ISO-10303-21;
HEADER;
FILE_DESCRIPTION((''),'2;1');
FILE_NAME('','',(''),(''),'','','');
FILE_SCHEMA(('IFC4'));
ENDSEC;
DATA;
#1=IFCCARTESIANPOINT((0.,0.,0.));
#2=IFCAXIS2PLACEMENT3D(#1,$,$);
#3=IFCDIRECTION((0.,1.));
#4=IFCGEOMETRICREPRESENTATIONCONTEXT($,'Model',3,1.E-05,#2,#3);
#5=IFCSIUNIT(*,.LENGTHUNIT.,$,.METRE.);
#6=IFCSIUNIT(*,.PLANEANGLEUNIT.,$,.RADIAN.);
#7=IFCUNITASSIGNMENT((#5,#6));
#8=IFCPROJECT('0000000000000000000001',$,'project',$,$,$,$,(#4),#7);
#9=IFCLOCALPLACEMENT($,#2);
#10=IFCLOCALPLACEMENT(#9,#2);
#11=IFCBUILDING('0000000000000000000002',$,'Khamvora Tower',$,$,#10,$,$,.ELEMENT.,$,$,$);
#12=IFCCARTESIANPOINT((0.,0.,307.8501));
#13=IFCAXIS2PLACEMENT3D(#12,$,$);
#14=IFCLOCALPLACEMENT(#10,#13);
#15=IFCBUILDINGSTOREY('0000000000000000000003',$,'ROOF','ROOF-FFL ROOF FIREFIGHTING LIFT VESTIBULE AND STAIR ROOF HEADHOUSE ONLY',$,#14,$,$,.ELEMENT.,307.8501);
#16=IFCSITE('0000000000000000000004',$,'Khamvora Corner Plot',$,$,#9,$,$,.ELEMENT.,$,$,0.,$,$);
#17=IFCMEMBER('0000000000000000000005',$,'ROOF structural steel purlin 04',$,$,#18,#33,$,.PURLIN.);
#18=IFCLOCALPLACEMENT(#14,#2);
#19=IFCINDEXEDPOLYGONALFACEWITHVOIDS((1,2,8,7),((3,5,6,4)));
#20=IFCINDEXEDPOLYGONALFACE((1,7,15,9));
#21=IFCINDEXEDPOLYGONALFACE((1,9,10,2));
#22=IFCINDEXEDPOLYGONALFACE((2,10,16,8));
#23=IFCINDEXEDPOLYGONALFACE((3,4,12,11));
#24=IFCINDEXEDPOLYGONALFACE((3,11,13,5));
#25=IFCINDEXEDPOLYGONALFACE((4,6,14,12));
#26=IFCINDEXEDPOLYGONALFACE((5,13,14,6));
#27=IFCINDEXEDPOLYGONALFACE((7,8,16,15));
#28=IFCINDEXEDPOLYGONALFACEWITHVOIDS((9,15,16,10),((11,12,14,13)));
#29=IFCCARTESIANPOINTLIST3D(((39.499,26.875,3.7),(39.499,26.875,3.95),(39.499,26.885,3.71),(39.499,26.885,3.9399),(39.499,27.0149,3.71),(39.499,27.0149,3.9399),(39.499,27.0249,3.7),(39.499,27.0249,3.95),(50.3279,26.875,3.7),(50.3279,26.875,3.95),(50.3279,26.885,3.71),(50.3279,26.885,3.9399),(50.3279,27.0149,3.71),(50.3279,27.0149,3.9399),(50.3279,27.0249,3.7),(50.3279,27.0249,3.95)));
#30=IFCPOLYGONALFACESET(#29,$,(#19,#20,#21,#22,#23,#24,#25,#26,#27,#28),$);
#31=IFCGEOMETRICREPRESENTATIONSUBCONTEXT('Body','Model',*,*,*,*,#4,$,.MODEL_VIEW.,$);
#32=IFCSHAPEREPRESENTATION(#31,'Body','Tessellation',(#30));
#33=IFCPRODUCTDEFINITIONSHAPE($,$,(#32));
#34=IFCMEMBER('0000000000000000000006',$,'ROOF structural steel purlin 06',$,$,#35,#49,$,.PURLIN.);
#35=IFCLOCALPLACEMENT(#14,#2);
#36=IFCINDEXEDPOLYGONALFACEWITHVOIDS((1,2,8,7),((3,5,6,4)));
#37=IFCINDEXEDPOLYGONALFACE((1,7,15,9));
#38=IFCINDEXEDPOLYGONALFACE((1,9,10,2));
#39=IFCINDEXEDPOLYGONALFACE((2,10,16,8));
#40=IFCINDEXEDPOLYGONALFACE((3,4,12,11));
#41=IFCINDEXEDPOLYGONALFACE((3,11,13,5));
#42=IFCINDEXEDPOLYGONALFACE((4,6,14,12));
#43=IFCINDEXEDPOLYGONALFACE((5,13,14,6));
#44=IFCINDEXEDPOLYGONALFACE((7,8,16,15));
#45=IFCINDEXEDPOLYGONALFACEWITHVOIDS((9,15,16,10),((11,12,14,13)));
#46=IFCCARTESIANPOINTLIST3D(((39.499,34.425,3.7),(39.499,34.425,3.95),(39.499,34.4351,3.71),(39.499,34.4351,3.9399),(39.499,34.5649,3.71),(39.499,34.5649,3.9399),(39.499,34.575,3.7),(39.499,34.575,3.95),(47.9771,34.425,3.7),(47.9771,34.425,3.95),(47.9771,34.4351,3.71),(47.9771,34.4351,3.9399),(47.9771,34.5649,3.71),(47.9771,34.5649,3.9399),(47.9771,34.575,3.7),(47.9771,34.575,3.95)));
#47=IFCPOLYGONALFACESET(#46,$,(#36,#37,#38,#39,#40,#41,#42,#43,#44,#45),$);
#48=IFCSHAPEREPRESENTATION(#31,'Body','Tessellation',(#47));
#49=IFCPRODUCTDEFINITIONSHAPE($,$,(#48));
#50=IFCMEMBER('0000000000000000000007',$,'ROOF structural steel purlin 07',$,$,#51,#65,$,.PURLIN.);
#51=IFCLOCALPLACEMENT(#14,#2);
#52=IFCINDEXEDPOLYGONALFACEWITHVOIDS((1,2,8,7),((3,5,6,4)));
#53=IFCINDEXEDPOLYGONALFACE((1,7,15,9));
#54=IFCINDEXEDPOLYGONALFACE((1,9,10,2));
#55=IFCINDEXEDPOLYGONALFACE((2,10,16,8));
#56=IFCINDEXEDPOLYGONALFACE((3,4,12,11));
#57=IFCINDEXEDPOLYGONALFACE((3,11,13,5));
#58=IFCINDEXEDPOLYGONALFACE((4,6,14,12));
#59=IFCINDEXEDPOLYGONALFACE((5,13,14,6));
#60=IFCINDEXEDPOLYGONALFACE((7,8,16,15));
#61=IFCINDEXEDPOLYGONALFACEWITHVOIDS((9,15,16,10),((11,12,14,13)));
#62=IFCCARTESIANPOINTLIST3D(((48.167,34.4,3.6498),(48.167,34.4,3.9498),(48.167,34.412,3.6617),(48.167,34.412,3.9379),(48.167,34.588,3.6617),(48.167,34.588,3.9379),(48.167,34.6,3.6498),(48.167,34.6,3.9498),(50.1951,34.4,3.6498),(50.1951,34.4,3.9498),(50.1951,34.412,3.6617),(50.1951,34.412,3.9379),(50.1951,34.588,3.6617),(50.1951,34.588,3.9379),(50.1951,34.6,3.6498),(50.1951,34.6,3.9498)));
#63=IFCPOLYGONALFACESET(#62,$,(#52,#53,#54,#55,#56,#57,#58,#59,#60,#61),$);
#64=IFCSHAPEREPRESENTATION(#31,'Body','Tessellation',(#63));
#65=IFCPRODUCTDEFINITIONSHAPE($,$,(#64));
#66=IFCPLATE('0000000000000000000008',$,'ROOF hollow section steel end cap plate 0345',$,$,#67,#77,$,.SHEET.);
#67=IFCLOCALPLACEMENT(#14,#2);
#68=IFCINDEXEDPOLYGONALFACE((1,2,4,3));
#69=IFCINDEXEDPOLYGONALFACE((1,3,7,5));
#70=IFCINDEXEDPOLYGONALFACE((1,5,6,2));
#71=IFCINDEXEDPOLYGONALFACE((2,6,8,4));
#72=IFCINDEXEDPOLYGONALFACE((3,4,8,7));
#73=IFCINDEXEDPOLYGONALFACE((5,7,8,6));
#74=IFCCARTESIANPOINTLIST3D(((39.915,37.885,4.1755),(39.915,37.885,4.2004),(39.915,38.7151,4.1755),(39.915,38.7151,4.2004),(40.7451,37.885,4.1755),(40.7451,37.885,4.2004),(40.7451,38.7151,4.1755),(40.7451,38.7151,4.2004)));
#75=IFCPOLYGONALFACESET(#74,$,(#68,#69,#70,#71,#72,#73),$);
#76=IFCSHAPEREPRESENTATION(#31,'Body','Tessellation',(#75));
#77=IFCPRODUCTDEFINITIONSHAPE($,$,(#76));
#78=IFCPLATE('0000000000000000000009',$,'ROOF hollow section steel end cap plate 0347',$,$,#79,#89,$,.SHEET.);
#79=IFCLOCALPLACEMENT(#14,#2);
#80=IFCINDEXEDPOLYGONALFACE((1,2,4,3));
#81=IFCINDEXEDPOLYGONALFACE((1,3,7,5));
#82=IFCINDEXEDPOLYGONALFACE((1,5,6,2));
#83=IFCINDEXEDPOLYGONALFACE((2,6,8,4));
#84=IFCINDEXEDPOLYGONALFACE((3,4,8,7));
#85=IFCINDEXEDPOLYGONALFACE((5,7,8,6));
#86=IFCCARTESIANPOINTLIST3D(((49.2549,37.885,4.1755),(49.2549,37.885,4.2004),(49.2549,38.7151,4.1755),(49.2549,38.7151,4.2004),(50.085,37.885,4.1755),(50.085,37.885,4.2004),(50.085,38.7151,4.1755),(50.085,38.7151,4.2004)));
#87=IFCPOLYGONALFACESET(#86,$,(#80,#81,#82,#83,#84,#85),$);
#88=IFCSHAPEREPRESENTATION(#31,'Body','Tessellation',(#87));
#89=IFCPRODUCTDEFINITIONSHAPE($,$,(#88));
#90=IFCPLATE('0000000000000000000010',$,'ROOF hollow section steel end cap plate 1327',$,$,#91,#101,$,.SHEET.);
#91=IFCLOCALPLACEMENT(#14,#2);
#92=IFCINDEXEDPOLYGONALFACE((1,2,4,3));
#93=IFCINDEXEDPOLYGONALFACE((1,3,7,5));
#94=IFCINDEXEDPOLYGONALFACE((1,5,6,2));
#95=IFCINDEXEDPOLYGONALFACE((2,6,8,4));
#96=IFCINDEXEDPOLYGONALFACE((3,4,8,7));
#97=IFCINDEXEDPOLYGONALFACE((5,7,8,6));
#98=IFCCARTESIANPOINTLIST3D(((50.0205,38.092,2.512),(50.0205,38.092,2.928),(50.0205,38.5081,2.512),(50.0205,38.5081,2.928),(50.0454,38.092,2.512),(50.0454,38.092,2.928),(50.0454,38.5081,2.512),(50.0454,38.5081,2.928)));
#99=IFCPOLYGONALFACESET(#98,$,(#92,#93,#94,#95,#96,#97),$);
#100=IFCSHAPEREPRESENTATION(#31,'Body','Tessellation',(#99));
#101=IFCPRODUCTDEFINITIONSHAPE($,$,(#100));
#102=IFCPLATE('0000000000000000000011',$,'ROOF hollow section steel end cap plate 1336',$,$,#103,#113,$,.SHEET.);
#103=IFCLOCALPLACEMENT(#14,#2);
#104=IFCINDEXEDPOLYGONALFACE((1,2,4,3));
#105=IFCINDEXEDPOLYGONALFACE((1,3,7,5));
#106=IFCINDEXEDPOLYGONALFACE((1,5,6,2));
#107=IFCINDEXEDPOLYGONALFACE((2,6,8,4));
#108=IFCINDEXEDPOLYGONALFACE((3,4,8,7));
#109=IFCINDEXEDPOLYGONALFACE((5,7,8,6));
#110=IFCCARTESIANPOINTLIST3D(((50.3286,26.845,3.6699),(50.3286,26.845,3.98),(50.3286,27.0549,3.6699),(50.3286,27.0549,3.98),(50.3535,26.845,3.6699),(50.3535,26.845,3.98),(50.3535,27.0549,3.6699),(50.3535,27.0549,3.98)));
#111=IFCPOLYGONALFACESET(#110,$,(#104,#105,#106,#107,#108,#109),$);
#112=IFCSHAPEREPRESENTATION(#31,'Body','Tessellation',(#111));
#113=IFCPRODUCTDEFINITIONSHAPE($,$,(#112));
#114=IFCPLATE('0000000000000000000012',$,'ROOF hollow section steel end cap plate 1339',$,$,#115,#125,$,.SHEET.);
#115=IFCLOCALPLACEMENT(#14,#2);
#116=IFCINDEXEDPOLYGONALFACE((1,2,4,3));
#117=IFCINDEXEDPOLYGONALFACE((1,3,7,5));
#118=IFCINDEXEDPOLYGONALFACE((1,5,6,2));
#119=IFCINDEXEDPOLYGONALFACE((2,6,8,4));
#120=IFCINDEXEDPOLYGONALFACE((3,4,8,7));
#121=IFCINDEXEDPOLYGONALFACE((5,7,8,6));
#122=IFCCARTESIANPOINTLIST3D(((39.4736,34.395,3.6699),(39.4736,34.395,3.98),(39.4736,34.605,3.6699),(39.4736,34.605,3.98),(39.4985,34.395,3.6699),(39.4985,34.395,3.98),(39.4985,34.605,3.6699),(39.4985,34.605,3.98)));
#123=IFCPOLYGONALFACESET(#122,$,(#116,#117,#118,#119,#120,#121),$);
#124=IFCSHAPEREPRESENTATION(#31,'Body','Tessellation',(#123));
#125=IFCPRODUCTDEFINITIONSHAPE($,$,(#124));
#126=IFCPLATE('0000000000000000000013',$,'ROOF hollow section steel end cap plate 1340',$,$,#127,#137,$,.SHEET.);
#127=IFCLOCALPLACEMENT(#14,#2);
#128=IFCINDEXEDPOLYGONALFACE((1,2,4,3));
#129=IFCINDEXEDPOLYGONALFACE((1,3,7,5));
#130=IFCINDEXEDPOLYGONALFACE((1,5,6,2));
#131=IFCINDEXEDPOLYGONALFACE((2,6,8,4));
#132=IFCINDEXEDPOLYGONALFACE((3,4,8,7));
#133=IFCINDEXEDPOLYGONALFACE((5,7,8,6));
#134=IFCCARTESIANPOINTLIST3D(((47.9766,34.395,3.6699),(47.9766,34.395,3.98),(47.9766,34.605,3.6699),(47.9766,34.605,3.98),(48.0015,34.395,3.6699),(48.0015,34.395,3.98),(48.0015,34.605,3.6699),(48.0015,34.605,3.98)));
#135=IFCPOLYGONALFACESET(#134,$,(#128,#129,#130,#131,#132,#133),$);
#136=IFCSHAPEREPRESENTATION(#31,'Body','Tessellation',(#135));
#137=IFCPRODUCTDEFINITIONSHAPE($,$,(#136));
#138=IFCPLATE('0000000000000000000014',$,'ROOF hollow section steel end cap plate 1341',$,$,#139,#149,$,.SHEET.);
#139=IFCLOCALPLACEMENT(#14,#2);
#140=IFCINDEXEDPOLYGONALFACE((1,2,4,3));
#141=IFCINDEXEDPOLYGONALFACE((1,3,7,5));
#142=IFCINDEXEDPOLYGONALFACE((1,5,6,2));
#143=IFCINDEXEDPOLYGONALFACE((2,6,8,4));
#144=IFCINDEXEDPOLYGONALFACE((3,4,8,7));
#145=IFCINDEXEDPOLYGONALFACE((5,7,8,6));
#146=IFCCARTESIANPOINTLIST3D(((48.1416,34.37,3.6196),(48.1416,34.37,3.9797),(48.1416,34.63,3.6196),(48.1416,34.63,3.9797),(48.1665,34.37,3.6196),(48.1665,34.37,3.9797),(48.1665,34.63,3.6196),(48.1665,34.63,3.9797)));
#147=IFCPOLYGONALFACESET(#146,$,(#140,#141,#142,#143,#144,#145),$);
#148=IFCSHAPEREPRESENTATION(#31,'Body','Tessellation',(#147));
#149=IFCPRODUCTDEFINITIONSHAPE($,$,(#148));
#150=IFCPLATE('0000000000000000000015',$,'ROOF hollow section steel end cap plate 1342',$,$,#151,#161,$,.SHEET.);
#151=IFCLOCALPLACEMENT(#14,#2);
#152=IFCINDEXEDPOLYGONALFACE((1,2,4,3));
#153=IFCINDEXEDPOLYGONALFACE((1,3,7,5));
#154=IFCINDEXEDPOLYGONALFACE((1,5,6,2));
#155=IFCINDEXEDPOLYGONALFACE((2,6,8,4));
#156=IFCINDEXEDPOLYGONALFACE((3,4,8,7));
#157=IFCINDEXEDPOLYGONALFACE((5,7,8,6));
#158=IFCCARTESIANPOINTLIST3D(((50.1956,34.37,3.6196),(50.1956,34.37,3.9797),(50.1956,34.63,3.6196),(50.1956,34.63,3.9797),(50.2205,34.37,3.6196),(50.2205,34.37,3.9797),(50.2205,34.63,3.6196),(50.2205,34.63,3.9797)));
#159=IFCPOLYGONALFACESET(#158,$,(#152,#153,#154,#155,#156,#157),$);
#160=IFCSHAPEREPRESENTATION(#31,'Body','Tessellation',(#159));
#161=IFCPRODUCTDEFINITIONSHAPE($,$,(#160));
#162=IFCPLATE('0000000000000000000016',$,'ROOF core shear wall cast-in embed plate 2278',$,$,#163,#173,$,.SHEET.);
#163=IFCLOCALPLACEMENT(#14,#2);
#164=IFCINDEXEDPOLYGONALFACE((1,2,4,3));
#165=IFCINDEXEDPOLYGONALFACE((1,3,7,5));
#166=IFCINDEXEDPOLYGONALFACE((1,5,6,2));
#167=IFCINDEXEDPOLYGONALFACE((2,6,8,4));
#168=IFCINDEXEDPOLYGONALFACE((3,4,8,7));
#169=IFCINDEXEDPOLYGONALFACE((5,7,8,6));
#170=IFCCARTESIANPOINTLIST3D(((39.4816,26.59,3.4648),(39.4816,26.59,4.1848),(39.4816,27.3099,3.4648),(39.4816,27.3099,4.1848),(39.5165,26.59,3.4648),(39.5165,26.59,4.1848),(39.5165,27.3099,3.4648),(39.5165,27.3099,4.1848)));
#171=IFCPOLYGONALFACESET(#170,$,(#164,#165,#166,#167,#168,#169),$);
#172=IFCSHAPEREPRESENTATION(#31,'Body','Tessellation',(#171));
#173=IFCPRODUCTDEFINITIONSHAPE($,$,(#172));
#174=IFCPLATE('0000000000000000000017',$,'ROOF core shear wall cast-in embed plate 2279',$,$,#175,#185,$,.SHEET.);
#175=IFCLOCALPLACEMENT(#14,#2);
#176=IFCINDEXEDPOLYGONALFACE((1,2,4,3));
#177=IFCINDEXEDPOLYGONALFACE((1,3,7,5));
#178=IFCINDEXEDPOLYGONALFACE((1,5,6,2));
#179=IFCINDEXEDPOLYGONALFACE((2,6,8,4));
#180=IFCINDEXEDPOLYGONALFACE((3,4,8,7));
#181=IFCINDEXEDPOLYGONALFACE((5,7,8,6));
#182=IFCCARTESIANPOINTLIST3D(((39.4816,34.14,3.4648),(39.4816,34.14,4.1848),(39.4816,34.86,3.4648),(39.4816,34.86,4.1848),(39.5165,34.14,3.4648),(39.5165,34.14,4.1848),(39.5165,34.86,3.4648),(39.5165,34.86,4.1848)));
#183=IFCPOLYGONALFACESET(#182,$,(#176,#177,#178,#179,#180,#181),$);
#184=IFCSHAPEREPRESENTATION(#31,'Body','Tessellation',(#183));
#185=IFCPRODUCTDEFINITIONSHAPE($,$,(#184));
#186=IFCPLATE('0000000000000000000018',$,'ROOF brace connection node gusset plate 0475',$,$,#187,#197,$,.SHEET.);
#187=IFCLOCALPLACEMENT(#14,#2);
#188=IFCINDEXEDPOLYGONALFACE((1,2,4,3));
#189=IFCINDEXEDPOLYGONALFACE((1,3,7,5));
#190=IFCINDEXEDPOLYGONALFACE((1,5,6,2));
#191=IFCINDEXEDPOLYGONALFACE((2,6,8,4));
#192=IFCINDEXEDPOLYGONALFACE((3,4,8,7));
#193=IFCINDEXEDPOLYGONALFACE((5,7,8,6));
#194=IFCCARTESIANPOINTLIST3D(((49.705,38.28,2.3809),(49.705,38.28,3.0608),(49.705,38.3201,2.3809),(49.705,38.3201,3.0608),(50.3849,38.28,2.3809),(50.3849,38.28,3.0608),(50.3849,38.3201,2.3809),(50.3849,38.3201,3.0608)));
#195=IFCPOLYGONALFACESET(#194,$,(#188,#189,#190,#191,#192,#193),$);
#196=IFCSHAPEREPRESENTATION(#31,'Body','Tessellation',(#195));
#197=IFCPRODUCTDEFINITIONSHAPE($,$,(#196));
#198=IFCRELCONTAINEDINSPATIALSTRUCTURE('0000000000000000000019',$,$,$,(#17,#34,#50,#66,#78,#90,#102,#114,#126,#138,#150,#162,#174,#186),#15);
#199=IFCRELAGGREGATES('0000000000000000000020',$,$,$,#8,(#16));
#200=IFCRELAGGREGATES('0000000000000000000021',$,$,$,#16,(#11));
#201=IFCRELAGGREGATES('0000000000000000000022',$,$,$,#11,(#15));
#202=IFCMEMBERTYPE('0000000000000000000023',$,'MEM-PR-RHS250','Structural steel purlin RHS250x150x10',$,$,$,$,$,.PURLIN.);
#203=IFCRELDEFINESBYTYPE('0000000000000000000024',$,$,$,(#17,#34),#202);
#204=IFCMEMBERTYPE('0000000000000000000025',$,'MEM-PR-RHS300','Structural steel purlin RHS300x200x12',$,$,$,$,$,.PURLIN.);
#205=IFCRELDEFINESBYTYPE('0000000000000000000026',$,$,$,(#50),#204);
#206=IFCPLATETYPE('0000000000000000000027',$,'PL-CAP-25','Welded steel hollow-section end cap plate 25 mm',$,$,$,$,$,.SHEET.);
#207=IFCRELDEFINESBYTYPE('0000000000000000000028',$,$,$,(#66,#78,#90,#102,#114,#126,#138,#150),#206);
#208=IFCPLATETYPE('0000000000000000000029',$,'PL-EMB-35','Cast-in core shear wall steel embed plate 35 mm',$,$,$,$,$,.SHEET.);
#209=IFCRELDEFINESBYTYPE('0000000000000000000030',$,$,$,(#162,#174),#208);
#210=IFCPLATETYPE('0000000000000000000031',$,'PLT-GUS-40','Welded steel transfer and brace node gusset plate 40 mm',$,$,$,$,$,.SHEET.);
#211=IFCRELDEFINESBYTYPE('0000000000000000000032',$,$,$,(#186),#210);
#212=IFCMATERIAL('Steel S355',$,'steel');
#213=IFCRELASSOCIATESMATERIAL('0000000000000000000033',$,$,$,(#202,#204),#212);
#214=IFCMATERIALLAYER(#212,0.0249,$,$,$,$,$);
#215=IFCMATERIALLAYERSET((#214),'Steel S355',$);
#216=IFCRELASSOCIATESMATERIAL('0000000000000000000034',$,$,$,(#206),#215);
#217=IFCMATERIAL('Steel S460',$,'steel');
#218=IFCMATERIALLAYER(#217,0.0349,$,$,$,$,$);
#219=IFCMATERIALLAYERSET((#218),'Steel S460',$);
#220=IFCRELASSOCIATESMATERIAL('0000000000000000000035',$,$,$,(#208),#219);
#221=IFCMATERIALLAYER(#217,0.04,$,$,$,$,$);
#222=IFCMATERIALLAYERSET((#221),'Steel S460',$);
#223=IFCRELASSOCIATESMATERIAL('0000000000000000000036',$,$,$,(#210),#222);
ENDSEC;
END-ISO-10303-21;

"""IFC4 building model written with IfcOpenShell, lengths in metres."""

from ifc_helpers import new_model, si_unit, direction, frame, origin, origin_2d, place, context, subcontext, project, spatial, rectangle, hollow_rectangle, extrude, material, layer, layer_set, material_profile, profile_set, type_object, element, save


model = new_model("IFC4")

# Units and contexts
model_context = context("Model", 3, precision=1e-05, world=origin(), true_north=direction((0.0, 1.0)))
body_context = subcontext(model_context, "Body", "Model", "MODEL_VIEW")
ifc_project = project(units=[si_unit("LENGTHUNIT", "METRE"), si_unit("PLANEANGLEUNIT", "RADIAN")], contexts=[model_context])

# Site, building, storey
site_placement = place(None, origin())
site = spatial("IfcSite", under=ifc_project, at=site_placement, Name="Khamvora Corner Plot", CompositionType="ELEMENT", RefElevation=0.0)
building_placement = place(site_placement, origin())
building = spatial("IfcBuilding", under=site, at=building_placement, Name="Khamvora Tower", CompositionType="ELEMENT")
storey_placement = place(building_placement, frame((0.0, 0.0, 307.8501)))
storey = spatial("IfcBuildingStorey", under=building, at=storey_placement, Name="ROOF", Description="ROOF-FFL ROOF FIREFIGHTING LIFT VESTIBULE AND STAIR ROOF HEADHOUSE ONLY", CompositionType="ELEMENT", Elevation=307.8501)

# Shared definitions
ifc_material_1 = material(Name="Steel S355", Category="steel")

# Members
ifc_material_profile_1 = material_profile(ifc_material_1, hollow_rectangle(XDim=0.1499, YDim=0.25, WallThickness=0.01, at=origin_2d()), Name="RHS250x150x10")
ifc_profile_set_1 = profile_set([ifc_material_profile_1], Name="Steel S355")
member_type_1 = type_object("IfcMemberType", Name="MEM-PR-RHS250", Description="Structural steel purlin RHS250x150x10", PredefinedType="PURLIN", material=ifc_profile_set_1)
member_1_placement = place(storey_placement, frame((39.499, 26.95, 3.825), z_axis=(1.0, 0.0, 0.0), x_axis=(0.0, 1.0, 0.0)))
element("IfcMember", 1, at=member_1_placement, inside=storey, type_object=member_type_1, Name="ROOF structural steel purlin 04", PredefinedType="PURLIN", context=body_context, shape_type="SweptSolid", body=[
    extrude(hollow_rectangle(XDim=0.1499, YDim=0.25, WallThickness=0.01, at=origin_2d()), origin(), (0.0, 0.0, 1.0), 10.8289),
])
member_2_placement = place(storey_placement, frame((39.499, 34.5, 3.825), z_axis=(1.0, 0.0, 0.0), x_axis=(0.0, 1.0, 0.0)))
element("IfcMember", 2, at=member_2_placement, inside=storey, type_object=member_type_1, Name="ROOF structural steel purlin 06", PredefinedType="PURLIN", context=body_context, shape_type="SweptSolid", body=[
    extrude(hollow_rectangle(XDim=0.1499, YDim=0.25, WallThickness=0.01, at=origin_2d()), origin(), (0.0, 0.0, 1.0), 8.478),
])
ifc_material_profile_2 = material_profile(ifc_material_1, hollow_rectangle(XDim=0.2, YDim=0.3, WallThickness=0.012, at=origin_2d()), Name="RHS300x200x12")
ifc_profile_set_2 = profile_set([ifc_material_profile_2], Name="Steel S355")
member_type_2 = type_object("IfcMemberType", Name="MEM-PR-RHS300", Description="Structural steel purlin RHS300x200x12", PredefinedType="PURLIN", material=ifc_profile_set_2)
member_3_placement = place(storey_placement, frame((48.167, 34.5, 3.7998), z_axis=(1.0, 0.0, 0.0), x_axis=(0.0, 1.0, 0.0)))
element("IfcMember", 3, at=member_3_placement, inside=storey, type_object=member_type_2, Name="ROOF structural steel purlin 07", PredefinedType="PURLIN", context=body_context, shape_type="SweptSolid", body=[
    extrude(hollow_rectangle(XDim=0.2, YDim=0.3, WallThickness=0.012, at=origin_2d()), origin(), (0.0, 0.0, 1.0), 2.0281),
])

# Plates
ifc_layer_1 = layer(ifc_material_1, 0.0249)
ifc_layer_set_1 = layer_set([ifc_layer_1], Name="Steel S355")
plate_type_1 = type_object("IfcPlateType", Name="PL-CAP-25", Description="Welded steel hollow-section end cap plate 25 mm", PredefinedType="SHEET", material=ifc_layer_set_1)
for number, where, z_axis, x_axis, name in (
    (4, (40.3301, 38.3, 4.1755), (0.0, 0.0, 1.0), (1.0, 0.0, 0.0), "ROOF hollow section steel end cap plate 0345"),
    (5, (49.6699, 38.3, 4.1755), (0.0, 0.0, 1.0), (1.0, 0.0, 0.0), "ROOF hollow section steel end cap plate 0347"),
):
    element("IfcPlate", number, at=place(storey_placement, frame(where, z_axis=z_axis, x_axis=x_axis)), inside=storey, type_object=plate_type_1, Name=name, PredefinedType="SHEET", context=body_context, shape_type="SweptSolid", body=[
        extrude(rectangle(XDim=0.8301, YDim=0.8301, at=origin_2d()), origin(), (0.0, 0.0, 1.0), 0.0249),
    ])
plate_1_placement = place(storey_placement, frame((50.033, 38.3, 2.512), z_axis=(0.0, 0.0, 1.0), x_axis=(1.0, 0.0, 0.0)))
element("IfcPlate", 6, at=plate_1_placement, inside=storey, type_object=plate_type_1, Name="ROOF hollow section steel end cap plate 1327", PredefinedType="SHEET", context=body_context, shape_type="SweptSolid", body=[
    extrude(rectangle(XDim=0.0249, YDim=0.416, at=origin_2d()), origin(), (0.0, 0.0, 1.0), 0.416),
])
for number, where, z_axis, x_axis, name in (
    (7, (50.3411, 26.95, 3.6699), (0.0, 0.0, 1.0), (1.0, 0.0, 0.0), "ROOF hollow section steel end cap plate 1336"),
    (8, (39.4861, 34.5, 3.6699), (0.0, 0.0, 1.0), (1.0, 0.0, 0.0), "ROOF hollow section steel end cap plate 1339"),
    (9, (47.989, 34.5, 3.6699), (0.0, 0.0, 1.0), (1.0, 0.0, 0.0), "ROOF hollow section steel end cap plate 1340"),
):
    element("IfcPlate", number, at=place(storey_placement, frame(where, z_axis=z_axis, x_axis=x_axis)), inside=storey, type_object=plate_type_1, Name=name, PredefinedType="SHEET", context=body_context, shape_type="SweptSolid", body=[
        extrude(rectangle(XDim=0.0249, YDim=0.21, at=origin_2d()), origin(), (0.0, 0.0, 1.0), 0.3101),
    ])
for number, where, z_axis, x_axis, name in (
    (10, (48.1541, 34.5, 3.6196), (0.0, 0.0, 1.0), (1.0, 0.0, 0.0), "ROOF hollow section steel end cap plate 1341"),
    (11, (50.208, 34.5, 3.6196), (0.0, 0.0, 1.0), (1.0, 0.0, 0.0), "ROOF hollow section steel end cap plate 1342"),
):
    element("IfcPlate", number, at=place(storey_placement, frame(where, z_axis=z_axis, x_axis=x_axis)), inside=storey, type_object=plate_type_1, Name=name, PredefinedType="SHEET", context=body_context, shape_type="SweptSolid", body=[
        extrude(rectangle(XDim=0.0249, YDim=0.26, at=origin_2d()), origin(), (0.0, 0.0, 1.0), 0.3601),
    ])
ifc_material_2 = material(Name="Steel S460", Category="steel")
ifc_layer_2 = layer(ifc_material_2, 0.0349)
ifc_layer_set_2 = layer_set([ifc_layer_2], Name="Steel S460")
plate_type_2 = type_object("IfcPlateType", Name="PL-EMB-35", Description="Cast-in core shear wall steel embed plate 35 mm", PredefinedType="SHEET", material=ifc_layer_set_2)
for number, where, z_axis, x_axis, name in (
    (12, (39.499, 26.95, 3.4648), (0.0, 0.0, 1.0), (1.0, 0.0, 0.0), "ROOF core shear wall cast-in embed plate 2278"),
    (13, (39.499, 34.5, 3.4648), (0.0, 0.0, 1.0), (1.0, 0.0, 0.0), "ROOF core shear wall cast-in embed plate 2279"),
):
    element("IfcPlate", number, at=place(storey_placement, frame(where, z_axis=z_axis, x_axis=x_axis)), inside=storey, type_object=plate_type_2, Name=name, PredefinedType="SHEET", context=body_context, shape_type="SweptSolid", body=[
        extrude(rectangle(XDim=0.0349, YDim=0.72, at=origin_2d()), origin(), (0.0, 0.0, 1.0), 0.72),
    ])
ifc_layer_3 = layer(ifc_material_2, 0.04)
ifc_layer_set_3 = layer_set([ifc_layer_3], Name="Steel S460")
plate_type_3 = type_object("IfcPlateType", Name="PLT-GUS-40", Description="Welded steel transfer and brace node gusset plate 40 mm", PredefinedType="SHEET", material=ifc_layer_set_3)
plate_2_placement = place(storey_placement, frame((50.0449, 38.3, 2.3809), z_axis=(0.0, 0.0, 1.0), x_axis=(1.0, 0.0, 0.0)))
element("IfcPlate", 14, at=plate_2_placement, inside=storey, type_object=plate_type_3, Name="ROOF brace connection node gusset plate 0475", PredefinedType="SHEET", context=body_context, shape_type="SweptSolid", body=[
    extrude(rectangle(XDim=0.6799, YDim=0.04, at=origin_2d()), origin(), (0.0, 0.0, 1.0), 0.6799),
])

save(model, "model.ifc")
